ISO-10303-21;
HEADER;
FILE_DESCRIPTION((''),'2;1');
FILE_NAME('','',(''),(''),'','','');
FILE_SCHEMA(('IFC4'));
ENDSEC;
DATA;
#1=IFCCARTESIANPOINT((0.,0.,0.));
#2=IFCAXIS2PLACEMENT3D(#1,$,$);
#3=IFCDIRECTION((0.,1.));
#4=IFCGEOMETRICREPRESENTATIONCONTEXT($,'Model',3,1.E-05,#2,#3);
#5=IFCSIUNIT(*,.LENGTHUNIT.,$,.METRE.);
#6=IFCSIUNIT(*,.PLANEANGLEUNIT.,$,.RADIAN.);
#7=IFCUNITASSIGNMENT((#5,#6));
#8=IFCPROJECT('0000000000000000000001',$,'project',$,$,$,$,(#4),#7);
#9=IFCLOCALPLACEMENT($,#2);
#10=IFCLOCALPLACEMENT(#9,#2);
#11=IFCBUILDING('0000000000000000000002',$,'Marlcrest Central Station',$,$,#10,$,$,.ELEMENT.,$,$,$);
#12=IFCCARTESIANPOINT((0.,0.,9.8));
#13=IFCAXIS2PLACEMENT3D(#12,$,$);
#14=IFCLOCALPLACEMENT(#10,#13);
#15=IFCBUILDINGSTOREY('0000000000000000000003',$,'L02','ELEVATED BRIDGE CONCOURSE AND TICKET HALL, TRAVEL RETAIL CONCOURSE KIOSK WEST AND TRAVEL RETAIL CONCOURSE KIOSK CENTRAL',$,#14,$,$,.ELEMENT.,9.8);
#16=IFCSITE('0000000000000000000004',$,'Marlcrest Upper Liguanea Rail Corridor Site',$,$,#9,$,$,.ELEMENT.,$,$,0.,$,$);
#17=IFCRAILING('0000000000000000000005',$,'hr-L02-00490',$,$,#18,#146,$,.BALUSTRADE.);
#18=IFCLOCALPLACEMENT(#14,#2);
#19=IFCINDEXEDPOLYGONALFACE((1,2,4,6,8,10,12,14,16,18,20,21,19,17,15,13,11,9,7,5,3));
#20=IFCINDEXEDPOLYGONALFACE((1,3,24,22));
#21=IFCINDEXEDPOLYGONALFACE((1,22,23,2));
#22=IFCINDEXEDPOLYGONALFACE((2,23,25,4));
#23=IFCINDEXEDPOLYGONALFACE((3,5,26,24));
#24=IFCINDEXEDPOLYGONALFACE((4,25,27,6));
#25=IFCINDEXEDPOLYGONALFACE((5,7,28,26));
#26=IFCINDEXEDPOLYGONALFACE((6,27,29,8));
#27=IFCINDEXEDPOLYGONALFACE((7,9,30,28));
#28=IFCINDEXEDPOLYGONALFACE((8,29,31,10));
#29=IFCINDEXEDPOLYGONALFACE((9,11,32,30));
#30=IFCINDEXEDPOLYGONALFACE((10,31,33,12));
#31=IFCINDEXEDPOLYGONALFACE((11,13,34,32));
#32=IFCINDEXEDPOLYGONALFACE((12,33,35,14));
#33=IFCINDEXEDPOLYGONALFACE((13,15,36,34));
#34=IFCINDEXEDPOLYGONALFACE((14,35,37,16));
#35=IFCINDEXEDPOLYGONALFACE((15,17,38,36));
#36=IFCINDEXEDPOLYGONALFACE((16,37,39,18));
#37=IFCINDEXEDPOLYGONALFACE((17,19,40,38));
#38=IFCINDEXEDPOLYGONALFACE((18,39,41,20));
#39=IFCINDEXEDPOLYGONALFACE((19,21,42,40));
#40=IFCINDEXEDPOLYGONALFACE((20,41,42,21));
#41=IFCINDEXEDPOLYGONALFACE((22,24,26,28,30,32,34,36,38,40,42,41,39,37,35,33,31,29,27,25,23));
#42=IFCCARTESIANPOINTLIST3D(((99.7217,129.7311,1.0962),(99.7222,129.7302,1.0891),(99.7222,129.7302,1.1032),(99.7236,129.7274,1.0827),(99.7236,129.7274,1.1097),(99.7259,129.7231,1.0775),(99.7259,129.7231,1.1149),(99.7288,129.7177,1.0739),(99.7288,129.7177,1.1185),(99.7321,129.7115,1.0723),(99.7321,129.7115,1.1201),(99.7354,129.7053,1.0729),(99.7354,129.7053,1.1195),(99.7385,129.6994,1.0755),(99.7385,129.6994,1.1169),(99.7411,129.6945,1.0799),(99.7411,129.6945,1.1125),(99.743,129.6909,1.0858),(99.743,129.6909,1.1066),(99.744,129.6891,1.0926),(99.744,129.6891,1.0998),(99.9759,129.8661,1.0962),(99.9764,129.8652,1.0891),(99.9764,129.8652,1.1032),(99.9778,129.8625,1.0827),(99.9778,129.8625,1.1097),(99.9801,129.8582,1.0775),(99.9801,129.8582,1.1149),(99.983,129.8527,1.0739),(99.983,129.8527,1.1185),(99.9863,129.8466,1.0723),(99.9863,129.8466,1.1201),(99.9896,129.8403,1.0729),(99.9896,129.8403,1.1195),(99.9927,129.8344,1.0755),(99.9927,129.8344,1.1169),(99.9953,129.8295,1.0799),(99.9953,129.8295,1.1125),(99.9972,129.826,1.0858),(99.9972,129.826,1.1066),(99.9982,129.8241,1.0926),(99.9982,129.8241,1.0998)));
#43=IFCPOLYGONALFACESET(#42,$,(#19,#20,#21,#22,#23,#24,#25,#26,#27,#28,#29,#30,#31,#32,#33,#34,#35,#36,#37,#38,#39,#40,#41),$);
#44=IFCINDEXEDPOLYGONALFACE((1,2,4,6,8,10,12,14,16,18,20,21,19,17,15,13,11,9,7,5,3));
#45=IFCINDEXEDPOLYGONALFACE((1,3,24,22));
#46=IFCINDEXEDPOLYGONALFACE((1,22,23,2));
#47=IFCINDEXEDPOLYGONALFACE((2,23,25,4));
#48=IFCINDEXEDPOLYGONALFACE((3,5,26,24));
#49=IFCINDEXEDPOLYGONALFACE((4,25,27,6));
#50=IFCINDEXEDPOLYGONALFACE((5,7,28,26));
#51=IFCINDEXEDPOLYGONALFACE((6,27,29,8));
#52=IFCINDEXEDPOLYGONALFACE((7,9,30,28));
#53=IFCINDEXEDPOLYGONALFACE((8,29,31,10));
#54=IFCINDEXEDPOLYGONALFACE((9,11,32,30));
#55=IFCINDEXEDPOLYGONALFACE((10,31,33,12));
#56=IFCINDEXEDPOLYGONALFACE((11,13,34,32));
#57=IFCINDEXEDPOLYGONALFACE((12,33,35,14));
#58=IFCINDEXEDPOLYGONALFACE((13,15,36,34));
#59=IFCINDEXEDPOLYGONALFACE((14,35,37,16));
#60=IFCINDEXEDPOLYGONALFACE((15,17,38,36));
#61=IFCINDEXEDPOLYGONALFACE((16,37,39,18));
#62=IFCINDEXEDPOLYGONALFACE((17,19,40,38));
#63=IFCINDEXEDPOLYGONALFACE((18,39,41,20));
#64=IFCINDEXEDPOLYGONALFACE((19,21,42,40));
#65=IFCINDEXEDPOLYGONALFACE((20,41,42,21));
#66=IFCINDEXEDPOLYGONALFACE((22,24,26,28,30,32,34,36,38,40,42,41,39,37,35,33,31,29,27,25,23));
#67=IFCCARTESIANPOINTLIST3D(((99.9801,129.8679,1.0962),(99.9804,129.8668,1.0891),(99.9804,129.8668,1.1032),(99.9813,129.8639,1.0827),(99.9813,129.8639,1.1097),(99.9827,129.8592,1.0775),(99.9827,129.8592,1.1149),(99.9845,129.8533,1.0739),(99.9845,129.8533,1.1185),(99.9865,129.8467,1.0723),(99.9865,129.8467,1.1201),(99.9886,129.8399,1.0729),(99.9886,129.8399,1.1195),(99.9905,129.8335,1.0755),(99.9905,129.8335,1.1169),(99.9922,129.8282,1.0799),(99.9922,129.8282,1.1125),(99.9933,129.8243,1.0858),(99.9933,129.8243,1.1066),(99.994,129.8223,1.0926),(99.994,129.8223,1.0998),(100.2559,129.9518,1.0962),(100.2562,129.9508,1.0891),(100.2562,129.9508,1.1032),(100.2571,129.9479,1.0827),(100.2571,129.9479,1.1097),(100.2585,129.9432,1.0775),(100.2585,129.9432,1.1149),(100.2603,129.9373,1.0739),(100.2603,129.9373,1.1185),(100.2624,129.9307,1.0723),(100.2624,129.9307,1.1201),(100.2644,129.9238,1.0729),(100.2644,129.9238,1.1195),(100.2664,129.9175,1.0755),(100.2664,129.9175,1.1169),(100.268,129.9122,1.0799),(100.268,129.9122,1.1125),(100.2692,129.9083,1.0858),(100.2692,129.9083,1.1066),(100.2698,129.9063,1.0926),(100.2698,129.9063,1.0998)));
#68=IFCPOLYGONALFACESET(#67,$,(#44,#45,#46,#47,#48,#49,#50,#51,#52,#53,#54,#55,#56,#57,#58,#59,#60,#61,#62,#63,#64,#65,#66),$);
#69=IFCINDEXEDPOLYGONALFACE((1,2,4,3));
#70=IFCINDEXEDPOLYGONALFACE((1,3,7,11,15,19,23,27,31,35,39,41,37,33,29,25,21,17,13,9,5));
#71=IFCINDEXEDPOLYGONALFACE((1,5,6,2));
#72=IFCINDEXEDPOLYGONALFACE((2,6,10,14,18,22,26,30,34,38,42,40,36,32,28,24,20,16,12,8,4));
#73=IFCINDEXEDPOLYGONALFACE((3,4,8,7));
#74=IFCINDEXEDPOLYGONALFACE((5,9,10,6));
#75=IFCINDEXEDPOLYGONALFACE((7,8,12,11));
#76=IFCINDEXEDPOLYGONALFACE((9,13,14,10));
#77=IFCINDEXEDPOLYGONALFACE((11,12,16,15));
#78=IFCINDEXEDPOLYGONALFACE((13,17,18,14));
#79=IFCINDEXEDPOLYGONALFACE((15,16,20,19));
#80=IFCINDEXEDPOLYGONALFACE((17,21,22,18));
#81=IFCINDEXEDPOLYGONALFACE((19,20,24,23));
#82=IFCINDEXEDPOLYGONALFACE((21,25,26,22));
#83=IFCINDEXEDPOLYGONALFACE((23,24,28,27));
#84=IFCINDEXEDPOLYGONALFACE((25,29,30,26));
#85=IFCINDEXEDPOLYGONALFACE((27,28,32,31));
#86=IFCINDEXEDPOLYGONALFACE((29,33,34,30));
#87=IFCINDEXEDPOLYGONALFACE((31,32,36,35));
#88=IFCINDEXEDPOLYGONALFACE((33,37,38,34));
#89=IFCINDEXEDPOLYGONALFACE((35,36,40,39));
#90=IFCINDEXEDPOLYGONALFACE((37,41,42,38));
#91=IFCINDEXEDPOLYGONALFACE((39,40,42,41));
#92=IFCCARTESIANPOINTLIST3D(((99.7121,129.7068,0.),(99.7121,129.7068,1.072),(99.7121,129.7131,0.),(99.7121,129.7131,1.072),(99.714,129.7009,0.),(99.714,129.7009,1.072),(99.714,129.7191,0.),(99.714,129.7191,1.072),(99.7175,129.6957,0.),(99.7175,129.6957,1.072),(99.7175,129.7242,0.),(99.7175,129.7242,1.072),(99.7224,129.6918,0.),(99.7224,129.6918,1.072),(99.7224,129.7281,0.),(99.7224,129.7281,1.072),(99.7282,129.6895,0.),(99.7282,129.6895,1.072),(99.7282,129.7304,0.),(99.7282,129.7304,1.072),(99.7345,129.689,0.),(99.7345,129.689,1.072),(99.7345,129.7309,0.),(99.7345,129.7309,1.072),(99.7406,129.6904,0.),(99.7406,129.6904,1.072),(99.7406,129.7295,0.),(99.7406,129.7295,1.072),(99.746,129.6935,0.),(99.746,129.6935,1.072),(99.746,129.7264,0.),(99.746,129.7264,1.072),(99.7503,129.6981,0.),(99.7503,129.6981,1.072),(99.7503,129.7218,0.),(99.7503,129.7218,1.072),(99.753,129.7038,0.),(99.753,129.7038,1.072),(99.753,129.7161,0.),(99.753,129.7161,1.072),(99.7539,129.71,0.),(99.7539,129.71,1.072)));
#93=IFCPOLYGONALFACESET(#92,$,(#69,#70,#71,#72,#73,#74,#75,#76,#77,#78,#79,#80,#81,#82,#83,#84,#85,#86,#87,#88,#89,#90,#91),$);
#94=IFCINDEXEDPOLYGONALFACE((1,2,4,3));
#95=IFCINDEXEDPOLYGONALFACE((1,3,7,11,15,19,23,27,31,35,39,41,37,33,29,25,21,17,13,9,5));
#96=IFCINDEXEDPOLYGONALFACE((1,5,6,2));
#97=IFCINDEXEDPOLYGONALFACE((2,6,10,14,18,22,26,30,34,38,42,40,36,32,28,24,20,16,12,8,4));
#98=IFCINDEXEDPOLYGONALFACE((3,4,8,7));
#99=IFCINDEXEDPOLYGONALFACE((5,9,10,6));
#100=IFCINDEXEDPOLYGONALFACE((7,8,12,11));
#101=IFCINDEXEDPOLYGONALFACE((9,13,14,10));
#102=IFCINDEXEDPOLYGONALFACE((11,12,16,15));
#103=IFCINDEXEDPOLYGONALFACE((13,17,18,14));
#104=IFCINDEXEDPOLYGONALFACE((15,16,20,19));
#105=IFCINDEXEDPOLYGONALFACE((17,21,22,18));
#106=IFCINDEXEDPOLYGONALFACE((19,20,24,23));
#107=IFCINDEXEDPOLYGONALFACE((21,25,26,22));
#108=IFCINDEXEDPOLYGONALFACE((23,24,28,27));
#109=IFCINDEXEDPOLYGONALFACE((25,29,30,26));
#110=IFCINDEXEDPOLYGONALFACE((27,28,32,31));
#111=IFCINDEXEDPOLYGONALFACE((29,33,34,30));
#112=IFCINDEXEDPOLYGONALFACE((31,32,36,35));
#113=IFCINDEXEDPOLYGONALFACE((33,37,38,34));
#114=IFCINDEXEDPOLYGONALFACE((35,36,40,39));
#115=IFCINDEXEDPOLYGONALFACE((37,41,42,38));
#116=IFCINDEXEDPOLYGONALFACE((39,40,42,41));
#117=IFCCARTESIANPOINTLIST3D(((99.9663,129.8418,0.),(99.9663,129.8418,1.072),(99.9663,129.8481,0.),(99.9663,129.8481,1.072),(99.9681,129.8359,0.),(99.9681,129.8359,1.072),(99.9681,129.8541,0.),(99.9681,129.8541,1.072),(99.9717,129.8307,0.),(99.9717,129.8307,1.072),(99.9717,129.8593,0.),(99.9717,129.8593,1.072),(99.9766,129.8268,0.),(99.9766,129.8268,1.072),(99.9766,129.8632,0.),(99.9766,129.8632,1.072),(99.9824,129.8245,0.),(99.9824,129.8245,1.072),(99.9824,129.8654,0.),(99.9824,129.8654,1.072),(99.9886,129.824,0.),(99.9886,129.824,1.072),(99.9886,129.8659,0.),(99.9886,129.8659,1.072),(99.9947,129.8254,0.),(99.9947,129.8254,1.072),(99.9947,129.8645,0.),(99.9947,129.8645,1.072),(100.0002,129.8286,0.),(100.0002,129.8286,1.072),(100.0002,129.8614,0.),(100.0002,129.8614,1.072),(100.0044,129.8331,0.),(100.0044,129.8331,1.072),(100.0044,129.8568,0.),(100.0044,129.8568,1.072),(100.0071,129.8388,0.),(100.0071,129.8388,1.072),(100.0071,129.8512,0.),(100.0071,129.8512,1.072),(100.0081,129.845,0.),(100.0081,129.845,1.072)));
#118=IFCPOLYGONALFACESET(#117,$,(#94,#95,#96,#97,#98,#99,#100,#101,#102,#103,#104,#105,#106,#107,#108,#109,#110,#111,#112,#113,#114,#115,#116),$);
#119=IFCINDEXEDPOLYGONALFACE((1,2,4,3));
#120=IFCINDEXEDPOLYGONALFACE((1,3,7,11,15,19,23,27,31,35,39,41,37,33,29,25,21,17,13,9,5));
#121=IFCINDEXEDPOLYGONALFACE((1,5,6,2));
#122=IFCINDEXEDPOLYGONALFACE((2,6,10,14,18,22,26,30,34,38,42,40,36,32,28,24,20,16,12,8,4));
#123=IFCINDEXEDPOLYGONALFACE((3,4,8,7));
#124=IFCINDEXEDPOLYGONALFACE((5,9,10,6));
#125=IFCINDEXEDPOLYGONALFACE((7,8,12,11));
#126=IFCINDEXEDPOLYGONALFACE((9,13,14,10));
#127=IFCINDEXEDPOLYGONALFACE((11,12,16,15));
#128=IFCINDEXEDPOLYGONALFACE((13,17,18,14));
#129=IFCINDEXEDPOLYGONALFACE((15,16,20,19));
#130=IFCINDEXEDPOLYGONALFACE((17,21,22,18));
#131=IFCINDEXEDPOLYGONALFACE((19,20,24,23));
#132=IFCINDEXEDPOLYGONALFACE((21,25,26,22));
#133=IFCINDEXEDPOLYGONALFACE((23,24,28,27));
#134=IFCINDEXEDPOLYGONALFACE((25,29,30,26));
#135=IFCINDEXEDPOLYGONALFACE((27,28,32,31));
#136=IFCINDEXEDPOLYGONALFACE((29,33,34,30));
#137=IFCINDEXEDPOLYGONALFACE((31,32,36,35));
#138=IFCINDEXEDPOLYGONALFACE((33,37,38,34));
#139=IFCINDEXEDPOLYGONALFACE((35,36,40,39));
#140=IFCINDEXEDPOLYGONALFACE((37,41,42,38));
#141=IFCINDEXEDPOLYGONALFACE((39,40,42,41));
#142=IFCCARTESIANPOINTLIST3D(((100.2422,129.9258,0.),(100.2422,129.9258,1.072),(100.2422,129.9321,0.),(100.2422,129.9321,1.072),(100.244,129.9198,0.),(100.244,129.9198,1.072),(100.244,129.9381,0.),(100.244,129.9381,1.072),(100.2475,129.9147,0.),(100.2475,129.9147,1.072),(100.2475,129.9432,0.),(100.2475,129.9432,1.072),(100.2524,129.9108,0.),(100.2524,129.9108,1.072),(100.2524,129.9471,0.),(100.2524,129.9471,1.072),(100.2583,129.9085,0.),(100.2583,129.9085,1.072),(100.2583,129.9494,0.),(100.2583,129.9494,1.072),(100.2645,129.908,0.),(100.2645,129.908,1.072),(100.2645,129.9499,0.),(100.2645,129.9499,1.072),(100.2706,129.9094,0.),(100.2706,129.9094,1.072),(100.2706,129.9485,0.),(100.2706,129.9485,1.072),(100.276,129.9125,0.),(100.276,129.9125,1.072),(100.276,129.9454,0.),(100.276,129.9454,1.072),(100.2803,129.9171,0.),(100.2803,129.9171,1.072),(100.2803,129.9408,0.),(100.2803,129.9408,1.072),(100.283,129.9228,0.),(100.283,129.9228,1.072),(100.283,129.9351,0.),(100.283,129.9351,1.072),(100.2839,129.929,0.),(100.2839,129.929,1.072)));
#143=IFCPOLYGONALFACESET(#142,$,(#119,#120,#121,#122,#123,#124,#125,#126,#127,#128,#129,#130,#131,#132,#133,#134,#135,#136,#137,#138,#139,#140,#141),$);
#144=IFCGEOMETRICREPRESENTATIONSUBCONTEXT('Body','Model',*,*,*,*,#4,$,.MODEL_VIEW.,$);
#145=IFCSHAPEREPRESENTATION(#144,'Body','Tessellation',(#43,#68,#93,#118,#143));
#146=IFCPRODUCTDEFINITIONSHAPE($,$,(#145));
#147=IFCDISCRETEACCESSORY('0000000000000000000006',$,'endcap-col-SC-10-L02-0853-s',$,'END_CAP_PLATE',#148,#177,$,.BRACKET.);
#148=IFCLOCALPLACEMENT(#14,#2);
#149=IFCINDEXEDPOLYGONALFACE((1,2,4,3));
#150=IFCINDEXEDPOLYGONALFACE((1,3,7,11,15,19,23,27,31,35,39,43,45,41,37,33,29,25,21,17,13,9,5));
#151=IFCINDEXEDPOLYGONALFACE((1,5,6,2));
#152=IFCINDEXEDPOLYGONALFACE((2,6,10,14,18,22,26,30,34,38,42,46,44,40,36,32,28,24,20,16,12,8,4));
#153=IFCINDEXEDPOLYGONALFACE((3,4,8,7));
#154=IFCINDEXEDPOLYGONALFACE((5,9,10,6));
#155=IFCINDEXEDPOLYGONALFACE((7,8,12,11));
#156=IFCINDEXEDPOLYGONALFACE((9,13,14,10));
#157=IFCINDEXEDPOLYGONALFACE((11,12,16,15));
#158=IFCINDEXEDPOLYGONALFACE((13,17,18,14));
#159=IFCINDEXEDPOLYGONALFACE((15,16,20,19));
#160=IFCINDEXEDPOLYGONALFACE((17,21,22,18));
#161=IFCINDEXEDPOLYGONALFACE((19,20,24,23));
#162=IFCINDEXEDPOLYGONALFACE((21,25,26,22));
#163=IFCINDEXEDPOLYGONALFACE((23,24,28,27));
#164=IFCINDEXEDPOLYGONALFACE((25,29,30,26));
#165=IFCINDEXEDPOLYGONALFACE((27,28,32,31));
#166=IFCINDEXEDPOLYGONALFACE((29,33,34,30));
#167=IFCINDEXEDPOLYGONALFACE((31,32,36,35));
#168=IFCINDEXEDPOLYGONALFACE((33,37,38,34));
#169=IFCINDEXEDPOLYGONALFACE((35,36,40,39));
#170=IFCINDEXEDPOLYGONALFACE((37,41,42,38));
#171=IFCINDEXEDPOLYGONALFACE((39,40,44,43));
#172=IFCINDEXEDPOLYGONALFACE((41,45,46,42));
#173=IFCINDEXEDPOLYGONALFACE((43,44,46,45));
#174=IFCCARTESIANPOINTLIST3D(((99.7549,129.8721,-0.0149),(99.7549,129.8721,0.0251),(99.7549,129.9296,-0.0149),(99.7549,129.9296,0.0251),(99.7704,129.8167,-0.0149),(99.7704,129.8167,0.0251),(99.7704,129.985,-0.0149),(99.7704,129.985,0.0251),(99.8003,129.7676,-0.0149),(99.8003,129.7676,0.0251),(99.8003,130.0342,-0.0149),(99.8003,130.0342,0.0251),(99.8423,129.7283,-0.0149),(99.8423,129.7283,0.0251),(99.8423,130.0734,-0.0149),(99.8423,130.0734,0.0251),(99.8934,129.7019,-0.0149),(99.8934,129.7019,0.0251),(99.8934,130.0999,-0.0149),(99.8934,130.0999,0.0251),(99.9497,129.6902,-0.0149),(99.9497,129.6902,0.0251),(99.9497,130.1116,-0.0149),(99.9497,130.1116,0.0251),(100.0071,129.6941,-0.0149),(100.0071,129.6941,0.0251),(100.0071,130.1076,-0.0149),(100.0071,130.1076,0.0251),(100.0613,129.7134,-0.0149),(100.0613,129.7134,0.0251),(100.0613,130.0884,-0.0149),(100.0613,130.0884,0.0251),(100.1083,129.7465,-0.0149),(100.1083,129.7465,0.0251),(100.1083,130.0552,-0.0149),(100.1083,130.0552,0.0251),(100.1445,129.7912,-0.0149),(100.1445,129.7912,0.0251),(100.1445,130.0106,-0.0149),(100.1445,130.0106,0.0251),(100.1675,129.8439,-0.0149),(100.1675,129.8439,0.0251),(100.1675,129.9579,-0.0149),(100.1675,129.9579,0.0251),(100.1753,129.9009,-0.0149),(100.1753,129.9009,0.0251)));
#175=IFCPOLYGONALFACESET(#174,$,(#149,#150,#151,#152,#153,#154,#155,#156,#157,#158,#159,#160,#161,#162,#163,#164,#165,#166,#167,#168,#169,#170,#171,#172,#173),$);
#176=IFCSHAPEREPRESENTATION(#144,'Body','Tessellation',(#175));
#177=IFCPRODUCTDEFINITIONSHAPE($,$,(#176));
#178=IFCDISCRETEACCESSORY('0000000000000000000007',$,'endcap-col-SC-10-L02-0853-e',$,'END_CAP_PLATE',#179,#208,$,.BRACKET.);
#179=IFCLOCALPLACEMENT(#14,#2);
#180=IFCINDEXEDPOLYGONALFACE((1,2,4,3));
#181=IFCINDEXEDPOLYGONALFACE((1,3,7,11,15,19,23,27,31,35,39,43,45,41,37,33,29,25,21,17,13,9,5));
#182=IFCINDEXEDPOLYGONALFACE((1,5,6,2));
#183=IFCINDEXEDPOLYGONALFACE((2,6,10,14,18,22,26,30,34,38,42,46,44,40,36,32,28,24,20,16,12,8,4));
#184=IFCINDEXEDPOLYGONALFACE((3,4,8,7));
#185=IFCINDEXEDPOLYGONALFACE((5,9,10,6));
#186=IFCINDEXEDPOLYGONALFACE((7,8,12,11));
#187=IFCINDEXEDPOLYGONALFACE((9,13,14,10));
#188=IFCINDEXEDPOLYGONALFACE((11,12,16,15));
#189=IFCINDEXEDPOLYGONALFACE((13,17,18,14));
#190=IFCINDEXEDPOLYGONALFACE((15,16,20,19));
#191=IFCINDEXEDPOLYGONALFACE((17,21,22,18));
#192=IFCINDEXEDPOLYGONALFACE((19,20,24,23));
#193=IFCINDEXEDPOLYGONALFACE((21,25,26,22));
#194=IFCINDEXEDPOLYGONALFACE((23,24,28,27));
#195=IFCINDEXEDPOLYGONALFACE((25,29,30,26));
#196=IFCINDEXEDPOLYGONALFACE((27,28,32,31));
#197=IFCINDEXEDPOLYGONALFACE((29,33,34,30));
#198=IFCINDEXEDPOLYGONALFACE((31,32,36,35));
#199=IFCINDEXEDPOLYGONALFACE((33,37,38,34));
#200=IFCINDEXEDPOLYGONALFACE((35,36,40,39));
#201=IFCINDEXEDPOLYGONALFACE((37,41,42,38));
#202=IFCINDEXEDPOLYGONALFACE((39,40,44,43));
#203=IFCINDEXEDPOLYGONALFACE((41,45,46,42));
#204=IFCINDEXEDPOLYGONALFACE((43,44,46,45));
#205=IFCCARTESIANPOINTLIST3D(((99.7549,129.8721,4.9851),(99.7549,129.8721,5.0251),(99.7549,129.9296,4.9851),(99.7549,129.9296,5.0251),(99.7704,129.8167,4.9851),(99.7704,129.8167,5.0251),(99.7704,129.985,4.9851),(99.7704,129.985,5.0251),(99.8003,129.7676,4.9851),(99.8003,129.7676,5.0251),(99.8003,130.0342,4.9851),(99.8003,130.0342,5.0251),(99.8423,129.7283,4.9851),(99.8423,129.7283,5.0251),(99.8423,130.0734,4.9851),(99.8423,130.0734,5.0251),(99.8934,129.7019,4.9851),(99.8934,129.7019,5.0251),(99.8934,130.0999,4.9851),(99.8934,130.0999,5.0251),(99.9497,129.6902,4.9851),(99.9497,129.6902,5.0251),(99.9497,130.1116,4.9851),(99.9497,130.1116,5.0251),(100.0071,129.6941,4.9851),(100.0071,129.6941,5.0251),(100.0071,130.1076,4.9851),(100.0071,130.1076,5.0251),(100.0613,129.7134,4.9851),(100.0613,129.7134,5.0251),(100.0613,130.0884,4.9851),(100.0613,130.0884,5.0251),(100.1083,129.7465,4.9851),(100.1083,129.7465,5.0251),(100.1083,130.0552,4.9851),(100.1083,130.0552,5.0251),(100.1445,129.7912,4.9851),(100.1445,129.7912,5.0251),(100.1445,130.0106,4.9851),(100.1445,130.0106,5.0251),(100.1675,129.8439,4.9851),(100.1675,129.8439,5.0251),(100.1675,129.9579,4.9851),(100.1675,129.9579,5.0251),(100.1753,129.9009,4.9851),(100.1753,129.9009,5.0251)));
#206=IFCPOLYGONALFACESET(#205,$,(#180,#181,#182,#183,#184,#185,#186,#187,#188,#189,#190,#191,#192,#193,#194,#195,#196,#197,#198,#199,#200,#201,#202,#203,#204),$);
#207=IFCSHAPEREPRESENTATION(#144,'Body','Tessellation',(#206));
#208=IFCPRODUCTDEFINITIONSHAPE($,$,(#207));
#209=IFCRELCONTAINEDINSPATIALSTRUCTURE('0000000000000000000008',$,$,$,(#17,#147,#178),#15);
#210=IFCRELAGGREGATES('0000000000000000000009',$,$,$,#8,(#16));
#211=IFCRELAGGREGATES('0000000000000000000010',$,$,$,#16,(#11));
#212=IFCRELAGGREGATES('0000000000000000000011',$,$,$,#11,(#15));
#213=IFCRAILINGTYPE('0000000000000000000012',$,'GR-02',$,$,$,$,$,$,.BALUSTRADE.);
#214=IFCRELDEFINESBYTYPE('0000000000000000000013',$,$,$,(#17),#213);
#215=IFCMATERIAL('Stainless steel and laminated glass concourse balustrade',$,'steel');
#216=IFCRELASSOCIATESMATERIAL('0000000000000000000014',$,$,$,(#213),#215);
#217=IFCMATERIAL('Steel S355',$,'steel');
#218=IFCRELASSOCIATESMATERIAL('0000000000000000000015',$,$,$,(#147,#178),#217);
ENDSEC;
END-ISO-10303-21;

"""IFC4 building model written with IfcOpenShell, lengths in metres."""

from ifc_helpers import new_model, si_unit, direction, frame, origin, origin_2d, place, context, subcontext, project, spatial, circle, extrude, material, type_object, element, save


model = new_model("IFC4")

# Units and contexts
model_context = context("Model", 3, precision=1e-05, world=origin(), true_north=direction((0.0, 1.0)))
body_context = subcontext(model_context, "Body", "Model", "MODEL_VIEW")
ifc_project = project(units=[si_unit("LENGTHUNIT", "METRE"), si_unit("PLANEANGLEUNIT", "RADIAN")], contexts=[model_context])

# Site, building, storey
site_placement = place(None, origin())
site = spatial("IfcSite", under=ifc_project, at=site_placement, Name="Marlcrest Upper Liguanea Rail Corridor Site", CompositionType="ELEMENT", RefElevation=0.0)
building_placement = place(site_placement, origin())
building = spatial("IfcBuilding", under=site, at=building_placement, Name="Marlcrest Central Station", CompositionType="ELEMENT")
storey_placement = place(building_placement, frame((0.0, 0.0, 9.8)))
storey = spatial("IfcBuildingStorey", under=building, at=storey_placement, Name="L02", Description="ELEVATED BRIDGE CONCOURSE AND TICKET HALL, TRAVEL RETAIL CONCOURSE KIOSK WEST AND TRAVEL RETAIL CONCOURSE KIOSK CENTRAL", CompositionType="ELEMENT", Elevation=9.8)

# Shared definitions
ifc_material_1 = material(Name="Steel S355", Category="steel")

# Railing
ifc_material_2 = material(Name="Stainless steel and laminated glass concourse balustrade", Category="steel")
railing_type = type_object("IfcRailingType", Name="GR-02", PredefinedType="BALUSTRADE", material=ifc_material_2)
railing_1_placement = place(storey_placement, frame((99.7329, 129.71, 0.0)))
element("IfcRailing", 1, at=railing_1_placement, inside=storey, type_object=railing_type, Name="hr-L02-00490", PredefinedType="BALUSTRADE", context=body_context, shape_type="SweptSolid", body=[
    extrude(circle(Radius=0.0239, at=origin_2d()), frame((0.0, 0.0, 1.0962), z_axis=(0.883127, 0.469135, 0.0), x_axis=(-0.469135, 0.883127, 0.0)), (0.0, 0.0, 1.0), 0.2878),
    extrude(circle(Radius=0.0239, at=origin_2d()), frame((0.2542, 0.135, 1.0962), z_axis=(0.956653, 0.291229, 0.0), x_axis=(-0.291229, 0.956653, 0.0)), (0.0, 0.0, 1.0), 0.2883),
    extrude(circle(Radius=0.021, at=origin_2d()), origin(), (0.0, 0.0, 1.0), 1.072),
    extrude(circle(Radius=0.021, at=origin_2d()), frame((0.2542, 0.135, 0.0)), (0.0, 0.0, 1.0), 1.072),
    extrude(circle(Radius=0.021, at=origin_2d()), frame((0.53, 0.219, 0.0)), (0.0, 0.0, 1.0), 1.072),
])

# Discrete accessories
for number, where, z_axis, x_axis, name in (
    (2, (99.9641, 129.9009, -0.0149), (0.0, 0.0, 1.0), (1.0, 0.0, 0.0), "endcap-col-SC-10-L02-0853-s"),
    (3, (99.9641, 129.9009, 4.9851), (0.0, 0.0, 1.0), (1.0, 0.0, 0.0), "endcap-col-SC-10-L02-0853-e"),
):
    element("IfcDiscreteAccessory", number, at=place(storey_placement, frame(where, z_axis=z_axis, x_axis=x_axis)), inside=storey, material=ifc_material_1, Name=name, ObjectType="END_CAP_PLATE", PredefinedType="BRACKET", context=body_context, shape_type="SweptSolid", body=[
        extrude(circle(Radius=0.2112, at=origin_2d()), origin(), (0.0, 0.0, 1.0), 0.04),
    ])

save(model, "model.ifc")
